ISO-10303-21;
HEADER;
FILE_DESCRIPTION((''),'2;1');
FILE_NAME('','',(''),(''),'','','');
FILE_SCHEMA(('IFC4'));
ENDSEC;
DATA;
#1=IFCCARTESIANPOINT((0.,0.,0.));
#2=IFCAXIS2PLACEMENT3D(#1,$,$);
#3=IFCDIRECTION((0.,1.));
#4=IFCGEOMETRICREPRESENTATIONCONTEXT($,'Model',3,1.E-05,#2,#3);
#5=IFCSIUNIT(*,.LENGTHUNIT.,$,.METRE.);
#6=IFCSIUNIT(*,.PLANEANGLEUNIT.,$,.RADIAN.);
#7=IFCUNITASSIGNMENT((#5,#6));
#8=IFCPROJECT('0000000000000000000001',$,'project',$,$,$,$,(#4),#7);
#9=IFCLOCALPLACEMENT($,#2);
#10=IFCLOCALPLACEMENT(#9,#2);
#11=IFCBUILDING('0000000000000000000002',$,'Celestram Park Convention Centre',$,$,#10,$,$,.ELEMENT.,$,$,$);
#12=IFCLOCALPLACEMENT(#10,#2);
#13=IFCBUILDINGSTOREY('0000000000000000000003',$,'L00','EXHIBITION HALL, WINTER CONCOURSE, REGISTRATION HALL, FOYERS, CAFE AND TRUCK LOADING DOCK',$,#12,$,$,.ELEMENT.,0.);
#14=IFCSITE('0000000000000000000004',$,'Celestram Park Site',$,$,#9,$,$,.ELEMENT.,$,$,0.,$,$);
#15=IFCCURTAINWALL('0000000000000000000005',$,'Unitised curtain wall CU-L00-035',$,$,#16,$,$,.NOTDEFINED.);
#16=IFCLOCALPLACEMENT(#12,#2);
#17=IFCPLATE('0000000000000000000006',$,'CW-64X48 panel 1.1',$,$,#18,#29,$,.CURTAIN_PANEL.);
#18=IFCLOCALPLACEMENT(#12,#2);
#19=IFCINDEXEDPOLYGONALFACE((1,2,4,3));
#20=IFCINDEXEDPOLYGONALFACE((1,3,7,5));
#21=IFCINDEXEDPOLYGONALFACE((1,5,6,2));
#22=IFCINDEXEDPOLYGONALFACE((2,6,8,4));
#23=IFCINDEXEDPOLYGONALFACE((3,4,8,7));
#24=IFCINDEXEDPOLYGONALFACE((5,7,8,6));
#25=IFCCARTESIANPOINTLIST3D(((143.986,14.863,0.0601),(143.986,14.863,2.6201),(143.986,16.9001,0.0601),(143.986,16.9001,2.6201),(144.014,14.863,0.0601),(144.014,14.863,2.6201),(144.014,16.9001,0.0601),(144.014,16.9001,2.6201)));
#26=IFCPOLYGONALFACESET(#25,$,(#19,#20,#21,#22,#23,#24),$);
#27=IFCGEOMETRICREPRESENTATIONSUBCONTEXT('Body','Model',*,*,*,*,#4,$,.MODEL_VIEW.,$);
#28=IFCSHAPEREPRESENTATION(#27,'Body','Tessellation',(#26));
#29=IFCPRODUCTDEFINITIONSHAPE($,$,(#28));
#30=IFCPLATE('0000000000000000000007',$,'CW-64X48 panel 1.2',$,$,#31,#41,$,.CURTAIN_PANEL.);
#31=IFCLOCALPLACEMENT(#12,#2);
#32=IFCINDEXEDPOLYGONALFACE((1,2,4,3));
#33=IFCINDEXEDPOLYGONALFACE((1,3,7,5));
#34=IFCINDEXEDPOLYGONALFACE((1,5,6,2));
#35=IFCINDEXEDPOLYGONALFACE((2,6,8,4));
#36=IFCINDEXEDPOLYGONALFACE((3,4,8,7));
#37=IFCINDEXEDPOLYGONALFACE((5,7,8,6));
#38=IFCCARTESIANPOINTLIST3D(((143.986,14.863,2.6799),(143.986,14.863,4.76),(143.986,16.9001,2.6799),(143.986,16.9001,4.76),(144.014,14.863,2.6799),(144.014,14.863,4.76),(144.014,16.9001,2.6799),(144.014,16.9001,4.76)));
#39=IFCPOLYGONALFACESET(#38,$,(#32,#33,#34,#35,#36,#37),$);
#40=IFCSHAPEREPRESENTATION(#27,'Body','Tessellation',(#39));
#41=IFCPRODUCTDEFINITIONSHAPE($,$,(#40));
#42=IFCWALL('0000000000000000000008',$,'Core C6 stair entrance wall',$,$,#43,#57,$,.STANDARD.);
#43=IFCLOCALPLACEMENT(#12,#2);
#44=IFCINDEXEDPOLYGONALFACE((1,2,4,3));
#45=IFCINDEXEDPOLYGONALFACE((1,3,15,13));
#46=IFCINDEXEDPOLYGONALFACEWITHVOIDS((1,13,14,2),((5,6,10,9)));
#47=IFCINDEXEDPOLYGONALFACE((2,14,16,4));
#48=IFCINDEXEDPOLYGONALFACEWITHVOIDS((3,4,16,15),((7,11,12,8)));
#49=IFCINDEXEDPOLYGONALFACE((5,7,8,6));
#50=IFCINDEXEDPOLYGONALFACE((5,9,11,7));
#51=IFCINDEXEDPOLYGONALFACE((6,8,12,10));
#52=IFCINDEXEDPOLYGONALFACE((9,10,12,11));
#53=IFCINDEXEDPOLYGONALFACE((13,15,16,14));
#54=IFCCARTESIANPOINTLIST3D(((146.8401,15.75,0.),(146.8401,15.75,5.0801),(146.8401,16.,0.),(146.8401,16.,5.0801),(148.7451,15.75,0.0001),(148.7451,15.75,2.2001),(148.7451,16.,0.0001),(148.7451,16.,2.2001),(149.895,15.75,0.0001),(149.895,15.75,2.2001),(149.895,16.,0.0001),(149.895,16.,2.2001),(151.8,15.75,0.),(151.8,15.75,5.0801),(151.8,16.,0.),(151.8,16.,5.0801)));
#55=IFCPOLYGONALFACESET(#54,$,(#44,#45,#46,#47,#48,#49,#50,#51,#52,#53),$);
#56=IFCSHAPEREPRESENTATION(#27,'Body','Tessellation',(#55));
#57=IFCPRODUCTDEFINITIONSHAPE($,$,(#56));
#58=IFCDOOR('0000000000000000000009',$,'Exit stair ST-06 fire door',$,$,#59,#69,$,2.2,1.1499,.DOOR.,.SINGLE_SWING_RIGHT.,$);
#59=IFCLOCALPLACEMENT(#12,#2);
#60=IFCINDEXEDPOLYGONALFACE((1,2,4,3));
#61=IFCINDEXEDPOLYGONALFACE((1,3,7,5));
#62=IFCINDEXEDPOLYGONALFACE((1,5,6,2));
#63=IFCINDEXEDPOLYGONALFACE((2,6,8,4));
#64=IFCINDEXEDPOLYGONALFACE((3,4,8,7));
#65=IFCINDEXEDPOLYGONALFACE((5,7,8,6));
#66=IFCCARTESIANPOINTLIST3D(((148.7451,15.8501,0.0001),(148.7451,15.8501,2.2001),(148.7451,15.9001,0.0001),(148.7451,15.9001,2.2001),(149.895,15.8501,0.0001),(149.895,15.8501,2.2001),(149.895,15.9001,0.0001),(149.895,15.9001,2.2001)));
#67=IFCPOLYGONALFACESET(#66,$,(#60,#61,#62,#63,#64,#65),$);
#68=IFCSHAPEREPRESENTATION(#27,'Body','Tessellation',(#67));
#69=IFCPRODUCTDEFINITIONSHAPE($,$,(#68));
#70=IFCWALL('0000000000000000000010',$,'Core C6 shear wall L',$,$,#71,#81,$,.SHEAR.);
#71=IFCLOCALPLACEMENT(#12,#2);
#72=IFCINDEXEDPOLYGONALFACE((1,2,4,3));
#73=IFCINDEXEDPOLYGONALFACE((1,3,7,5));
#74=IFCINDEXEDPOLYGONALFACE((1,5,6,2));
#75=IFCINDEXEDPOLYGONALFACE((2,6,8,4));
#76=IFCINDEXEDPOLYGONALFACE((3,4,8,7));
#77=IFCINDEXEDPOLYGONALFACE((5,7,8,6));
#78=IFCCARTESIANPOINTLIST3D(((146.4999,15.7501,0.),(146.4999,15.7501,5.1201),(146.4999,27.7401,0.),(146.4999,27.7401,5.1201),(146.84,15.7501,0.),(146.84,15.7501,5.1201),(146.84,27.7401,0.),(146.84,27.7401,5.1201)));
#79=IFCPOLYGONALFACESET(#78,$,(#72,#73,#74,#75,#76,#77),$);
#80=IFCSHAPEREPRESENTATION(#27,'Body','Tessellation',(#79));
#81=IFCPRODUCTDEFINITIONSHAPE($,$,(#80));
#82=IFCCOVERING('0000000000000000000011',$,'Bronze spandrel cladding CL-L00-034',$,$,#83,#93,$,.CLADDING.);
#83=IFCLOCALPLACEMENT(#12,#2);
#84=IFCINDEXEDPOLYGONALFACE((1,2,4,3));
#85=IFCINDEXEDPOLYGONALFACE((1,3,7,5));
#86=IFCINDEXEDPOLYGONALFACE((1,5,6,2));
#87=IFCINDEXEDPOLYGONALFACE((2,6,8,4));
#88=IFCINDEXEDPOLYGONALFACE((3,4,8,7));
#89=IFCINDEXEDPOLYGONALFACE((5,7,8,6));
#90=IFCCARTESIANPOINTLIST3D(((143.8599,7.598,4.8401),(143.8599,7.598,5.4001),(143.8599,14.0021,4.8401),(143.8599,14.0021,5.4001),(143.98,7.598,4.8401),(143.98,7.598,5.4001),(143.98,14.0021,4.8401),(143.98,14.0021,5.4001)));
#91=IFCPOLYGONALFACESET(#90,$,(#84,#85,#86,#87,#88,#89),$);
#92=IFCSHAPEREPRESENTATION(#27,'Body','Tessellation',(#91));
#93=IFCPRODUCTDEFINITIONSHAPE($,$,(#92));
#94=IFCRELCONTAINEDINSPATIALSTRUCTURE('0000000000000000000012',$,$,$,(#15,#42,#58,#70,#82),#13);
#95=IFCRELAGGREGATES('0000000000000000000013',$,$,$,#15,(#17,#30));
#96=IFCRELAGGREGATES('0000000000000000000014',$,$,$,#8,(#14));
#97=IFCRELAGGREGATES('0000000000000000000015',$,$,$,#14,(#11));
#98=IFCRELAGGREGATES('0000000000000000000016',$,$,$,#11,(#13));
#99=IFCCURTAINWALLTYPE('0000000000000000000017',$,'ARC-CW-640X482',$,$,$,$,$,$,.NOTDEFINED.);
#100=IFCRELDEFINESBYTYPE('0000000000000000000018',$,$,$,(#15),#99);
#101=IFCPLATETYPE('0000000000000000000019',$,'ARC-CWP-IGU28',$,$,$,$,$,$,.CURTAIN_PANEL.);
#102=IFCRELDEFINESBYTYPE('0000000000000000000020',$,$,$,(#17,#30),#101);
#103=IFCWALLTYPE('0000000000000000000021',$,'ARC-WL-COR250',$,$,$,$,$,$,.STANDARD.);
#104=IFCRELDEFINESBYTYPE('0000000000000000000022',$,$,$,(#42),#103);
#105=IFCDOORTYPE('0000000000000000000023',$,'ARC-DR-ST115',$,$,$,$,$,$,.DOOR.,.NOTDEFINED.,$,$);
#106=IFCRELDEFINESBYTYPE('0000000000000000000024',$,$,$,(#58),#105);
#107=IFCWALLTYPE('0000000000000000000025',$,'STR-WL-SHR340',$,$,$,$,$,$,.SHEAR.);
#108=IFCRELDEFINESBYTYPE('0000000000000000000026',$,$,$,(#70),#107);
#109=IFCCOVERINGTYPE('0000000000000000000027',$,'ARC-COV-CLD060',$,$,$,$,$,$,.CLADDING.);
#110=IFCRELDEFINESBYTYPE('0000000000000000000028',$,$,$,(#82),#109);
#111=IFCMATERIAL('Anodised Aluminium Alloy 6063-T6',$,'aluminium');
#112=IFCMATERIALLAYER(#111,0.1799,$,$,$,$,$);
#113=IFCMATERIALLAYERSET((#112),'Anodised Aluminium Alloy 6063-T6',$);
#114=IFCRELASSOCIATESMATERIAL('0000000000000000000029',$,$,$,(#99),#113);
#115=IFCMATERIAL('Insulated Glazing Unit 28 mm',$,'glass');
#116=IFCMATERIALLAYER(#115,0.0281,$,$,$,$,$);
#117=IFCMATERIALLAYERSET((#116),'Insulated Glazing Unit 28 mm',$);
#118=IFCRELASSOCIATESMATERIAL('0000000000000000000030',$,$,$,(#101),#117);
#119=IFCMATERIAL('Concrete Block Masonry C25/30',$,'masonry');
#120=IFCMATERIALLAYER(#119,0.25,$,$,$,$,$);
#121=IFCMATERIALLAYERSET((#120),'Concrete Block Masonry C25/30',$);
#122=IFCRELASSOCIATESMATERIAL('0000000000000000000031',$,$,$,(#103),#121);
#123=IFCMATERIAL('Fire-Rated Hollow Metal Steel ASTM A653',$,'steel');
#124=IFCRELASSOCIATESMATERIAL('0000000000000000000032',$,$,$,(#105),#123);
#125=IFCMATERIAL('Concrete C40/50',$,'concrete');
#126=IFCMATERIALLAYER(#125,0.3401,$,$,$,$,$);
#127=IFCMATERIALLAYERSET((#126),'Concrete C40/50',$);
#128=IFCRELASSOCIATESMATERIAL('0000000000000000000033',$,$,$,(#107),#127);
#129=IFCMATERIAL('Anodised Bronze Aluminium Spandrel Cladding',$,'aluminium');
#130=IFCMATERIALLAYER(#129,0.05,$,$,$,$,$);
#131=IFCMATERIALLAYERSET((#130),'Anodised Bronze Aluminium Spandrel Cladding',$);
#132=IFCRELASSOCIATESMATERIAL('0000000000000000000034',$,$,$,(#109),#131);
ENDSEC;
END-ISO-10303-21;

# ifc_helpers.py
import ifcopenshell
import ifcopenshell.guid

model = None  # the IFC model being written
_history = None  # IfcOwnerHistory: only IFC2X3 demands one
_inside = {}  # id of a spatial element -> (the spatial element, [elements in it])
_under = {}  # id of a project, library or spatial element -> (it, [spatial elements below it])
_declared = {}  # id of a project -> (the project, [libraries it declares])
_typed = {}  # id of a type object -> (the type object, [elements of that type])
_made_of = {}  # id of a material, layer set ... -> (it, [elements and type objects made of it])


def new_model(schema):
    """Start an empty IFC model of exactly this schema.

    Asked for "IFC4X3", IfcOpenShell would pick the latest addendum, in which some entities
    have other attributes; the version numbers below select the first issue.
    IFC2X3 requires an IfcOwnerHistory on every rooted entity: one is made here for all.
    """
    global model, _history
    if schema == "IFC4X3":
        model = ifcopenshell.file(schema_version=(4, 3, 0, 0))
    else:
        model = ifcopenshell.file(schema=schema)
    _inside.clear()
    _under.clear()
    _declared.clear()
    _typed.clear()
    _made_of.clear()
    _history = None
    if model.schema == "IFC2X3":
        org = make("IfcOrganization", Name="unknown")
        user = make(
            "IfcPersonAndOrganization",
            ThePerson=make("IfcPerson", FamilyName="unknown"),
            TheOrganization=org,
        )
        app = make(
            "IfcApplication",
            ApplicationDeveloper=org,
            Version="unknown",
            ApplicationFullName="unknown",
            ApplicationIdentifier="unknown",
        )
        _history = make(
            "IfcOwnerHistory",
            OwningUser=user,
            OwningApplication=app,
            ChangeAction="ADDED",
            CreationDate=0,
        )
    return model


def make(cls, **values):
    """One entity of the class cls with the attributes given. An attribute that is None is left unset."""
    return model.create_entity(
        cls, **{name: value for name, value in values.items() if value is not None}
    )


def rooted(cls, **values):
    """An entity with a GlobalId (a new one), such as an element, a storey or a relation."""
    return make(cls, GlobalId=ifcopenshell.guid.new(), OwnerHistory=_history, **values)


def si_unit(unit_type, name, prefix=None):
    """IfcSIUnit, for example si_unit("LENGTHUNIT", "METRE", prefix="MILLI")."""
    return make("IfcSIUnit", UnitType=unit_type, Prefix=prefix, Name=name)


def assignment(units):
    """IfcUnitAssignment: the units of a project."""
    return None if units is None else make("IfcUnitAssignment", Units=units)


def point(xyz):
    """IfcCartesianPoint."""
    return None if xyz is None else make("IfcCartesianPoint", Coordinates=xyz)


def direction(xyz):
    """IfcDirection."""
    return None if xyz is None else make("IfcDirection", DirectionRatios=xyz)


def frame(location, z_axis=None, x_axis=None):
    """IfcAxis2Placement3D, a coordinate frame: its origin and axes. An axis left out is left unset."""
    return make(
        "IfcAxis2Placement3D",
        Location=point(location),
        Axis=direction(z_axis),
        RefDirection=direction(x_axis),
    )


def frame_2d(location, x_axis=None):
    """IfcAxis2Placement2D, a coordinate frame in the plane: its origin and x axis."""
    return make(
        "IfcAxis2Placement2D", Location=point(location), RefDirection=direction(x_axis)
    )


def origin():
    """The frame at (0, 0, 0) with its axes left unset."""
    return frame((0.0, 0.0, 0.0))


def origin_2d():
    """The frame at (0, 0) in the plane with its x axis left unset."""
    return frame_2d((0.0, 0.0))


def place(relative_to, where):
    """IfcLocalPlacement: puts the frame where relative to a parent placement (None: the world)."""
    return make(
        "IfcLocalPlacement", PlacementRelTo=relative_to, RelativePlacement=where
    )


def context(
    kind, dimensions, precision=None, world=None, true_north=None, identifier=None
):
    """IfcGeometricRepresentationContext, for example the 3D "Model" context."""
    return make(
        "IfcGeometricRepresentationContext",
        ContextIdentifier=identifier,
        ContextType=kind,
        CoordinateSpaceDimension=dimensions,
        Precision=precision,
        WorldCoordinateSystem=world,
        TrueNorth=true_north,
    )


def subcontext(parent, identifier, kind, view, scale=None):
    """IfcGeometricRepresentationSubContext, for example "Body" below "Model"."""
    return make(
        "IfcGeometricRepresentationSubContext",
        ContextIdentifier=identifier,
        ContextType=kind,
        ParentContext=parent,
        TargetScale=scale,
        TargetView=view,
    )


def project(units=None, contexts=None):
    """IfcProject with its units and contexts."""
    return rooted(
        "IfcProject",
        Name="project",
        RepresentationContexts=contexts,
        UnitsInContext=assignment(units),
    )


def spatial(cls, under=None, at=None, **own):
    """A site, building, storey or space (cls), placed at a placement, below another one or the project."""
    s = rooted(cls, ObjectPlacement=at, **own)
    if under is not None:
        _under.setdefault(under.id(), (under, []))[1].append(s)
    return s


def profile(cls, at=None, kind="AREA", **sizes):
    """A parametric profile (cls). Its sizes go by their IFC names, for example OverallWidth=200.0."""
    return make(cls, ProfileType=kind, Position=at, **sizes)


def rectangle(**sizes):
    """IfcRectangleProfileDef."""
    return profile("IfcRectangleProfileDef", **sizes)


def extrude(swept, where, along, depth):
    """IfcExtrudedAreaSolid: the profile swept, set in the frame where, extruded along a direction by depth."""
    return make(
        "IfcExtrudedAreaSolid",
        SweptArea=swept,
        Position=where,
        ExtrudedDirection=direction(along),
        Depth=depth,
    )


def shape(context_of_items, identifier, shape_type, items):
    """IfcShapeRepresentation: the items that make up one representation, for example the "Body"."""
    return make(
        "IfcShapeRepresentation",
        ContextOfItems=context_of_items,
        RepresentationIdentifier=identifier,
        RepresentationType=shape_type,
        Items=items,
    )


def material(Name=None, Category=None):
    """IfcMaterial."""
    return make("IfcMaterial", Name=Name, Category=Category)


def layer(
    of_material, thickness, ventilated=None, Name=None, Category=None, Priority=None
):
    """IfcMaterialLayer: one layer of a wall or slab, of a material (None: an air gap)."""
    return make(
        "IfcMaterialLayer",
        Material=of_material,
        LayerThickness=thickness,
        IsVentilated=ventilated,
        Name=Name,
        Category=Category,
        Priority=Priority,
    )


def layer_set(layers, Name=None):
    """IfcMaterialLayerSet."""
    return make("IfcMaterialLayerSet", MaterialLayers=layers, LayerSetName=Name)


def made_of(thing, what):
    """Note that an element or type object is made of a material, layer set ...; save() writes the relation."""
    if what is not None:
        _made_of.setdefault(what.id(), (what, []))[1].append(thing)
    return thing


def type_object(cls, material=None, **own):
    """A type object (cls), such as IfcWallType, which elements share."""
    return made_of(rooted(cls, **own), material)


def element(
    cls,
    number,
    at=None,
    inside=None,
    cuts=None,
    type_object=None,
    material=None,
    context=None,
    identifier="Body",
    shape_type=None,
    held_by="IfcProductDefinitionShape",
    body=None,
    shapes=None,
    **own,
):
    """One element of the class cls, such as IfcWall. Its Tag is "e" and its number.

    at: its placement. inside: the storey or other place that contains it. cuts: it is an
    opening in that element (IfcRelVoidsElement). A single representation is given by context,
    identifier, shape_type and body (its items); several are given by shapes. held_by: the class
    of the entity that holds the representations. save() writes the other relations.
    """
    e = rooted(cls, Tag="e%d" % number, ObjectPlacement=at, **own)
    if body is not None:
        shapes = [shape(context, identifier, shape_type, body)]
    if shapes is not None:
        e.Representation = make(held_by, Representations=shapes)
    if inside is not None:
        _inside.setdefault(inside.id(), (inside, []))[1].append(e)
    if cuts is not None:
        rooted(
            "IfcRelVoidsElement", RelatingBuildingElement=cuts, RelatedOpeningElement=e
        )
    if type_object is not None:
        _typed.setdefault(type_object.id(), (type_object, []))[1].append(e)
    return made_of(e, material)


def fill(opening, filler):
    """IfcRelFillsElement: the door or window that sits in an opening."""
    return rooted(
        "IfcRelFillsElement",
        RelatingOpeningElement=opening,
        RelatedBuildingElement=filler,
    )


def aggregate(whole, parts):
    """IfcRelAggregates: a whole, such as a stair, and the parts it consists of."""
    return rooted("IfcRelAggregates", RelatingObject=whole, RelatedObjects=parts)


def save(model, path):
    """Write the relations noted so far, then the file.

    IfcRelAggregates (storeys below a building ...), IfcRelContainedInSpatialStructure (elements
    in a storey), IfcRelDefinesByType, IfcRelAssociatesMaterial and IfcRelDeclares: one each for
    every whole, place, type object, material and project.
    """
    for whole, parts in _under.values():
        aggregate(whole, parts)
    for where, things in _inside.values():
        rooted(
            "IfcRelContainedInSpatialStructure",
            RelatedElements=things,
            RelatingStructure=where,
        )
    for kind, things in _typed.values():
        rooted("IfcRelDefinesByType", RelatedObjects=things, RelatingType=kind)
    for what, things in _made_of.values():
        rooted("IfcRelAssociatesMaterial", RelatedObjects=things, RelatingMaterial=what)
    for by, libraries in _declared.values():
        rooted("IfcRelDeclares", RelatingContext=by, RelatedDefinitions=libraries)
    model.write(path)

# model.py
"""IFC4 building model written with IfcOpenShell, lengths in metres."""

from ifc_helpers import new_model, si_unit, direction, frame, frame_2d, origin, origin_2d, place, context, subcontext, project, spatial, rectangle, extrude, material, layer, layer_set, type_object, element, fill, aggregate, save


model = new_model("IFC4")

# Units and contexts
model_context = context("Model", 3, precision=1e-05, world=origin(), true_north=direction((0.0, 1.0)))
body_context = subcontext(model_context, "Body", "Model", "MODEL_VIEW")
ifc_project = project(units=[si_unit("LENGTHUNIT", "METRE"), si_unit("PLANEANGLEUNIT", "RADIAN")], contexts=[model_context])

# Site, building, storey
site_placement = place(None, origin())
site = spatial("IfcSite", under=ifc_project, at=site_placement, Name="Celestram Park Site", CompositionType="ELEMENT", RefElevation=0.0)
building_placement = place(site_placement, origin())
building = spatial("IfcBuilding", under=site, at=building_placement, Name="Celestram Park Convention Centre", CompositionType="ELEMENT")
storey_placement = place(building_placement, origin())
storey = spatial("IfcBuildingStorey", under=building, at=storey_placement, Name="L00", Description="EXHIBITION HALL, WINTER CONCOURSE, REGISTRATION HALL, FOYERS, CAFE AND TRUCK LOADING DOCK", CompositionType="ELEMENT", Elevation=0.0)

# Shared definitions
ifc_material_1 = material(Name="Concrete C40/50", Category="concrete")

# Curtain wall
ifc_material_2 = material(Name="Anodised Aluminium Alloy 6063-T6", Category="aluminium")
ifc_layer_1 = layer(ifc_material_2, 0.1799)
ifc_layer_set_1 = layer_set([ifc_layer_1], Name="Anodised Aluminium Alloy 6063-T6")
curtain_wall_type = type_object("IfcCurtainWallType", Name="ARC-CW-640X482", PredefinedType="NOTDEFINED", material=ifc_layer_set_1)
curtain_wall_1_placement = place(storey_placement, origin())
curtain_wall_1 = element("IfcCurtainWall", 1, at=curtain_wall_1_placement, inside=storey, type_object=curtain_wall_type, Name="Unitised curtain wall CU-L00-035", PredefinedType="NOTDEFINED")

# Plates
ifc_material_3 = material(Name="Insulated Glazing Unit 28 mm", Category="glass")
ifc_layer_2 = layer(ifc_material_3, 0.0281)
ifc_layer_set_2 = layer_set([ifc_layer_2], Name="Insulated Glazing Unit 28 mm")
plate_type = type_object("IfcPlateType", Name="ARC-CWP-IGU28", PredefinedType="CURTAIN_PANEL", material=ifc_layer_set_2)
plate_1_placement = place(storey_placement, frame((144.0, 15.8816, 0.0601), z_axis=(0.0, 0.0, 1.0), x_axis=(0.0, 1.0, 0.0)))
plate_1 = element("IfcPlate", 2, at=plate_1_placement, type_object=plate_type, Name="CW-64X48 panel 1.1", PredefinedType="CURTAIN_PANEL", context=body_context, shape_type="SweptSolid", body=[
    extrude(rectangle(XDim=2.0371, YDim=0.0281, at=origin_2d()), origin(), (0.0, 0.0, 1.0), 2.5601),
])
plate_2_placement = place(storey_placement, frame((144.0, 15.8816, 2.6799), z_axis=(0.0, 0.0, 1.0), x_axis=(0.0, 1.0, 0.0)))
plate_2 = element("IfcPlate", 3, at=plate_2_placement, type_object=plate_type, Name="CW-64X48 panel 1.2", PredefinedType="CURTAIN_PANEL", context=body_context, shape_type="SweptSolid", body=[
    extrude(rectangle(XDim=2.0371, YDim=0.0281, at=origin_2d()), origin(), (0.0, 0.0, 1.0), 2.0801),
])
aggregate(curtain_wall_1, [plate_1, plate_2])

# Wall, opening, door
ifc_material_4 = material(Name="Concrete Block Masonry C25/30", Category="masonry")
ifc_layer_3 = layer(ifc_material_4, 0.25)
ifc_layer_set_3 = layer_set([ifc_layer_3], Name="Concrete Block Masonry C25/30")
wall_type_1 = type_object("IfcWallType", Name="ARC-WL-COR250", PredefinedType="STANDARD", material=ifc_layer_set_3)
wall_1_placement = place(storey_placement, frame((151.8, 15.875, 0.0), z_axis=(0.0, 0.0, 1.0), x_axis=(-1.0, 0.0, 0.0)))
wall_1 = element("IfcWall", 4, at=wall_1_placement, inside=storey, type_object=wall_type_1, Name="Core C6 stair entrance wall", PredefinedType="STANDARD", context=body_context, shape_type="SweptSolid", body=[
    extrude(rectangle(XDim=4.96, YDim=0.25, at=frame_2d((2.48, 0.0))), origin(), (0.0, 0.0, 1.0), 5.0801),
])
opening_placement = place(wall_1_placement, frame((1.905, 0.0, 0.0)))
opening = element("IfcOpeningElement", 5, at=opening_placement, cuts=wall_1, PredefinedType="OPENING", context=body_context, shape_type="SweptSolid", body=[
    extrude(rectangle(XDim=1.1499, YDim=2.2, at=frame_2d((0.575, 1.1001))), frame((0.0, 0.135, 0.0), z_axis=(0.0, -1.0, 0.0), x_axis=(1.0, 0.0, 0.0)), (0.0, 0.0, 1.0), 0.27),
])
ifc_material_5 = material(Name="Fire-Rated Hollow Metal Steel ASTM A653", Category="steel")
door_type = type_object("IfcDoorType", Name="ARC-DR-ST115", OperationType="NOTDEFINED", PredefinedType="DOOR", material=ifc_material_5)
door_placement = place(opening_placement, origin())
door = element("IfcDoor", 6, at=door_placement, inside=storey, type_object=door_type, Name="Exit stair ST-06 fire door", OperationType="SINGLE_SWING_RIGHT", OverallHeight=2.2, OverallWidth=1.1499, PredefinedType="DOOR", context=body_context, shape_type="SweptSolid", body=[
    extrude(rectangle(XDim=1.1499, YDim=2.2, at=frame_2d((0.575, 1.1001))), frame((0.0, 0.0249, 0.0), z_axis=(0.0, -1.0, 0.0), x_axis=(1.0, 0.0, 0.0)), (0.0, 0.0, 1.0), 0.05),
])
fill(opening, door)

# Wall
ifc_layer_4 = layer(ifc_material_1, 0.3401)
ifc_layer_set_4 = layer_set([ifc_layer_4], Name="Concrete C40/50")
wall_type_2 = type_object("IfcWallType", Name="STR-WL-SHR340", PredefinedType="SHEAR", material=ifc_layer_set_4)
wall_2_placement = place(storey_placement, frame((146.6699, 15.75, 0.0), z_axis=(0.0, 0.0, 1.0), x_axis=(0.0, 1.0, 0.0)))
element("IfcWall", 7, at=wall_2_placement, inside=storey, type_object=wall_type_2, Name="Core C6 shear wall L", PredefinedType="SHEAR", context=body_context, shape_type="SweptSolid", body=[
    extrude(rectangle(XDim=11.99, YDim=0.3401, at=frame_2d((5.9951, 0.0))), origin(), (0.0, 0.0, 1.0), 5.1201),
])

# Covering
ifc_material_6 = material(Name="Anodised Bronze Aluminium Spandrel Cladding", Category="aluminium")
ifc_layer_5 = layer(ifc_material_6, 0.05)
ifc_layer_set_5 = layer_set([ifc_layer_5], Name="Anodised Bronze Aluminium Spandrel Cladding")
covering_type = type_object("IfcCoveringType", Name="ARC-COV-CLD060", PredefinedType="CLADDING", material=ifc_layer_set_5)
covering_placement = place(storey_placement, frame((143.9199, 10.8, 4.8401), z_axis=(0.0, 0.0, 1.0), x_axis=(0.0, 1.0, 0.0)))
element("IfcCovering", 8, at=covering_placement, inside=storey, type_object=covering_type, Name="Bronze spandrel cladding CL-L00-034", PredefinedType="CLADDING", context=body_context, shape_type="SweptSolid", body=[
    extrude(rectangle(XDim=6.4041, YDim=0.1201, at=origin_2d()), origin(), (0.0, 0.0, 1.0), 0.5601),
])

save(model, "model.ifc")
